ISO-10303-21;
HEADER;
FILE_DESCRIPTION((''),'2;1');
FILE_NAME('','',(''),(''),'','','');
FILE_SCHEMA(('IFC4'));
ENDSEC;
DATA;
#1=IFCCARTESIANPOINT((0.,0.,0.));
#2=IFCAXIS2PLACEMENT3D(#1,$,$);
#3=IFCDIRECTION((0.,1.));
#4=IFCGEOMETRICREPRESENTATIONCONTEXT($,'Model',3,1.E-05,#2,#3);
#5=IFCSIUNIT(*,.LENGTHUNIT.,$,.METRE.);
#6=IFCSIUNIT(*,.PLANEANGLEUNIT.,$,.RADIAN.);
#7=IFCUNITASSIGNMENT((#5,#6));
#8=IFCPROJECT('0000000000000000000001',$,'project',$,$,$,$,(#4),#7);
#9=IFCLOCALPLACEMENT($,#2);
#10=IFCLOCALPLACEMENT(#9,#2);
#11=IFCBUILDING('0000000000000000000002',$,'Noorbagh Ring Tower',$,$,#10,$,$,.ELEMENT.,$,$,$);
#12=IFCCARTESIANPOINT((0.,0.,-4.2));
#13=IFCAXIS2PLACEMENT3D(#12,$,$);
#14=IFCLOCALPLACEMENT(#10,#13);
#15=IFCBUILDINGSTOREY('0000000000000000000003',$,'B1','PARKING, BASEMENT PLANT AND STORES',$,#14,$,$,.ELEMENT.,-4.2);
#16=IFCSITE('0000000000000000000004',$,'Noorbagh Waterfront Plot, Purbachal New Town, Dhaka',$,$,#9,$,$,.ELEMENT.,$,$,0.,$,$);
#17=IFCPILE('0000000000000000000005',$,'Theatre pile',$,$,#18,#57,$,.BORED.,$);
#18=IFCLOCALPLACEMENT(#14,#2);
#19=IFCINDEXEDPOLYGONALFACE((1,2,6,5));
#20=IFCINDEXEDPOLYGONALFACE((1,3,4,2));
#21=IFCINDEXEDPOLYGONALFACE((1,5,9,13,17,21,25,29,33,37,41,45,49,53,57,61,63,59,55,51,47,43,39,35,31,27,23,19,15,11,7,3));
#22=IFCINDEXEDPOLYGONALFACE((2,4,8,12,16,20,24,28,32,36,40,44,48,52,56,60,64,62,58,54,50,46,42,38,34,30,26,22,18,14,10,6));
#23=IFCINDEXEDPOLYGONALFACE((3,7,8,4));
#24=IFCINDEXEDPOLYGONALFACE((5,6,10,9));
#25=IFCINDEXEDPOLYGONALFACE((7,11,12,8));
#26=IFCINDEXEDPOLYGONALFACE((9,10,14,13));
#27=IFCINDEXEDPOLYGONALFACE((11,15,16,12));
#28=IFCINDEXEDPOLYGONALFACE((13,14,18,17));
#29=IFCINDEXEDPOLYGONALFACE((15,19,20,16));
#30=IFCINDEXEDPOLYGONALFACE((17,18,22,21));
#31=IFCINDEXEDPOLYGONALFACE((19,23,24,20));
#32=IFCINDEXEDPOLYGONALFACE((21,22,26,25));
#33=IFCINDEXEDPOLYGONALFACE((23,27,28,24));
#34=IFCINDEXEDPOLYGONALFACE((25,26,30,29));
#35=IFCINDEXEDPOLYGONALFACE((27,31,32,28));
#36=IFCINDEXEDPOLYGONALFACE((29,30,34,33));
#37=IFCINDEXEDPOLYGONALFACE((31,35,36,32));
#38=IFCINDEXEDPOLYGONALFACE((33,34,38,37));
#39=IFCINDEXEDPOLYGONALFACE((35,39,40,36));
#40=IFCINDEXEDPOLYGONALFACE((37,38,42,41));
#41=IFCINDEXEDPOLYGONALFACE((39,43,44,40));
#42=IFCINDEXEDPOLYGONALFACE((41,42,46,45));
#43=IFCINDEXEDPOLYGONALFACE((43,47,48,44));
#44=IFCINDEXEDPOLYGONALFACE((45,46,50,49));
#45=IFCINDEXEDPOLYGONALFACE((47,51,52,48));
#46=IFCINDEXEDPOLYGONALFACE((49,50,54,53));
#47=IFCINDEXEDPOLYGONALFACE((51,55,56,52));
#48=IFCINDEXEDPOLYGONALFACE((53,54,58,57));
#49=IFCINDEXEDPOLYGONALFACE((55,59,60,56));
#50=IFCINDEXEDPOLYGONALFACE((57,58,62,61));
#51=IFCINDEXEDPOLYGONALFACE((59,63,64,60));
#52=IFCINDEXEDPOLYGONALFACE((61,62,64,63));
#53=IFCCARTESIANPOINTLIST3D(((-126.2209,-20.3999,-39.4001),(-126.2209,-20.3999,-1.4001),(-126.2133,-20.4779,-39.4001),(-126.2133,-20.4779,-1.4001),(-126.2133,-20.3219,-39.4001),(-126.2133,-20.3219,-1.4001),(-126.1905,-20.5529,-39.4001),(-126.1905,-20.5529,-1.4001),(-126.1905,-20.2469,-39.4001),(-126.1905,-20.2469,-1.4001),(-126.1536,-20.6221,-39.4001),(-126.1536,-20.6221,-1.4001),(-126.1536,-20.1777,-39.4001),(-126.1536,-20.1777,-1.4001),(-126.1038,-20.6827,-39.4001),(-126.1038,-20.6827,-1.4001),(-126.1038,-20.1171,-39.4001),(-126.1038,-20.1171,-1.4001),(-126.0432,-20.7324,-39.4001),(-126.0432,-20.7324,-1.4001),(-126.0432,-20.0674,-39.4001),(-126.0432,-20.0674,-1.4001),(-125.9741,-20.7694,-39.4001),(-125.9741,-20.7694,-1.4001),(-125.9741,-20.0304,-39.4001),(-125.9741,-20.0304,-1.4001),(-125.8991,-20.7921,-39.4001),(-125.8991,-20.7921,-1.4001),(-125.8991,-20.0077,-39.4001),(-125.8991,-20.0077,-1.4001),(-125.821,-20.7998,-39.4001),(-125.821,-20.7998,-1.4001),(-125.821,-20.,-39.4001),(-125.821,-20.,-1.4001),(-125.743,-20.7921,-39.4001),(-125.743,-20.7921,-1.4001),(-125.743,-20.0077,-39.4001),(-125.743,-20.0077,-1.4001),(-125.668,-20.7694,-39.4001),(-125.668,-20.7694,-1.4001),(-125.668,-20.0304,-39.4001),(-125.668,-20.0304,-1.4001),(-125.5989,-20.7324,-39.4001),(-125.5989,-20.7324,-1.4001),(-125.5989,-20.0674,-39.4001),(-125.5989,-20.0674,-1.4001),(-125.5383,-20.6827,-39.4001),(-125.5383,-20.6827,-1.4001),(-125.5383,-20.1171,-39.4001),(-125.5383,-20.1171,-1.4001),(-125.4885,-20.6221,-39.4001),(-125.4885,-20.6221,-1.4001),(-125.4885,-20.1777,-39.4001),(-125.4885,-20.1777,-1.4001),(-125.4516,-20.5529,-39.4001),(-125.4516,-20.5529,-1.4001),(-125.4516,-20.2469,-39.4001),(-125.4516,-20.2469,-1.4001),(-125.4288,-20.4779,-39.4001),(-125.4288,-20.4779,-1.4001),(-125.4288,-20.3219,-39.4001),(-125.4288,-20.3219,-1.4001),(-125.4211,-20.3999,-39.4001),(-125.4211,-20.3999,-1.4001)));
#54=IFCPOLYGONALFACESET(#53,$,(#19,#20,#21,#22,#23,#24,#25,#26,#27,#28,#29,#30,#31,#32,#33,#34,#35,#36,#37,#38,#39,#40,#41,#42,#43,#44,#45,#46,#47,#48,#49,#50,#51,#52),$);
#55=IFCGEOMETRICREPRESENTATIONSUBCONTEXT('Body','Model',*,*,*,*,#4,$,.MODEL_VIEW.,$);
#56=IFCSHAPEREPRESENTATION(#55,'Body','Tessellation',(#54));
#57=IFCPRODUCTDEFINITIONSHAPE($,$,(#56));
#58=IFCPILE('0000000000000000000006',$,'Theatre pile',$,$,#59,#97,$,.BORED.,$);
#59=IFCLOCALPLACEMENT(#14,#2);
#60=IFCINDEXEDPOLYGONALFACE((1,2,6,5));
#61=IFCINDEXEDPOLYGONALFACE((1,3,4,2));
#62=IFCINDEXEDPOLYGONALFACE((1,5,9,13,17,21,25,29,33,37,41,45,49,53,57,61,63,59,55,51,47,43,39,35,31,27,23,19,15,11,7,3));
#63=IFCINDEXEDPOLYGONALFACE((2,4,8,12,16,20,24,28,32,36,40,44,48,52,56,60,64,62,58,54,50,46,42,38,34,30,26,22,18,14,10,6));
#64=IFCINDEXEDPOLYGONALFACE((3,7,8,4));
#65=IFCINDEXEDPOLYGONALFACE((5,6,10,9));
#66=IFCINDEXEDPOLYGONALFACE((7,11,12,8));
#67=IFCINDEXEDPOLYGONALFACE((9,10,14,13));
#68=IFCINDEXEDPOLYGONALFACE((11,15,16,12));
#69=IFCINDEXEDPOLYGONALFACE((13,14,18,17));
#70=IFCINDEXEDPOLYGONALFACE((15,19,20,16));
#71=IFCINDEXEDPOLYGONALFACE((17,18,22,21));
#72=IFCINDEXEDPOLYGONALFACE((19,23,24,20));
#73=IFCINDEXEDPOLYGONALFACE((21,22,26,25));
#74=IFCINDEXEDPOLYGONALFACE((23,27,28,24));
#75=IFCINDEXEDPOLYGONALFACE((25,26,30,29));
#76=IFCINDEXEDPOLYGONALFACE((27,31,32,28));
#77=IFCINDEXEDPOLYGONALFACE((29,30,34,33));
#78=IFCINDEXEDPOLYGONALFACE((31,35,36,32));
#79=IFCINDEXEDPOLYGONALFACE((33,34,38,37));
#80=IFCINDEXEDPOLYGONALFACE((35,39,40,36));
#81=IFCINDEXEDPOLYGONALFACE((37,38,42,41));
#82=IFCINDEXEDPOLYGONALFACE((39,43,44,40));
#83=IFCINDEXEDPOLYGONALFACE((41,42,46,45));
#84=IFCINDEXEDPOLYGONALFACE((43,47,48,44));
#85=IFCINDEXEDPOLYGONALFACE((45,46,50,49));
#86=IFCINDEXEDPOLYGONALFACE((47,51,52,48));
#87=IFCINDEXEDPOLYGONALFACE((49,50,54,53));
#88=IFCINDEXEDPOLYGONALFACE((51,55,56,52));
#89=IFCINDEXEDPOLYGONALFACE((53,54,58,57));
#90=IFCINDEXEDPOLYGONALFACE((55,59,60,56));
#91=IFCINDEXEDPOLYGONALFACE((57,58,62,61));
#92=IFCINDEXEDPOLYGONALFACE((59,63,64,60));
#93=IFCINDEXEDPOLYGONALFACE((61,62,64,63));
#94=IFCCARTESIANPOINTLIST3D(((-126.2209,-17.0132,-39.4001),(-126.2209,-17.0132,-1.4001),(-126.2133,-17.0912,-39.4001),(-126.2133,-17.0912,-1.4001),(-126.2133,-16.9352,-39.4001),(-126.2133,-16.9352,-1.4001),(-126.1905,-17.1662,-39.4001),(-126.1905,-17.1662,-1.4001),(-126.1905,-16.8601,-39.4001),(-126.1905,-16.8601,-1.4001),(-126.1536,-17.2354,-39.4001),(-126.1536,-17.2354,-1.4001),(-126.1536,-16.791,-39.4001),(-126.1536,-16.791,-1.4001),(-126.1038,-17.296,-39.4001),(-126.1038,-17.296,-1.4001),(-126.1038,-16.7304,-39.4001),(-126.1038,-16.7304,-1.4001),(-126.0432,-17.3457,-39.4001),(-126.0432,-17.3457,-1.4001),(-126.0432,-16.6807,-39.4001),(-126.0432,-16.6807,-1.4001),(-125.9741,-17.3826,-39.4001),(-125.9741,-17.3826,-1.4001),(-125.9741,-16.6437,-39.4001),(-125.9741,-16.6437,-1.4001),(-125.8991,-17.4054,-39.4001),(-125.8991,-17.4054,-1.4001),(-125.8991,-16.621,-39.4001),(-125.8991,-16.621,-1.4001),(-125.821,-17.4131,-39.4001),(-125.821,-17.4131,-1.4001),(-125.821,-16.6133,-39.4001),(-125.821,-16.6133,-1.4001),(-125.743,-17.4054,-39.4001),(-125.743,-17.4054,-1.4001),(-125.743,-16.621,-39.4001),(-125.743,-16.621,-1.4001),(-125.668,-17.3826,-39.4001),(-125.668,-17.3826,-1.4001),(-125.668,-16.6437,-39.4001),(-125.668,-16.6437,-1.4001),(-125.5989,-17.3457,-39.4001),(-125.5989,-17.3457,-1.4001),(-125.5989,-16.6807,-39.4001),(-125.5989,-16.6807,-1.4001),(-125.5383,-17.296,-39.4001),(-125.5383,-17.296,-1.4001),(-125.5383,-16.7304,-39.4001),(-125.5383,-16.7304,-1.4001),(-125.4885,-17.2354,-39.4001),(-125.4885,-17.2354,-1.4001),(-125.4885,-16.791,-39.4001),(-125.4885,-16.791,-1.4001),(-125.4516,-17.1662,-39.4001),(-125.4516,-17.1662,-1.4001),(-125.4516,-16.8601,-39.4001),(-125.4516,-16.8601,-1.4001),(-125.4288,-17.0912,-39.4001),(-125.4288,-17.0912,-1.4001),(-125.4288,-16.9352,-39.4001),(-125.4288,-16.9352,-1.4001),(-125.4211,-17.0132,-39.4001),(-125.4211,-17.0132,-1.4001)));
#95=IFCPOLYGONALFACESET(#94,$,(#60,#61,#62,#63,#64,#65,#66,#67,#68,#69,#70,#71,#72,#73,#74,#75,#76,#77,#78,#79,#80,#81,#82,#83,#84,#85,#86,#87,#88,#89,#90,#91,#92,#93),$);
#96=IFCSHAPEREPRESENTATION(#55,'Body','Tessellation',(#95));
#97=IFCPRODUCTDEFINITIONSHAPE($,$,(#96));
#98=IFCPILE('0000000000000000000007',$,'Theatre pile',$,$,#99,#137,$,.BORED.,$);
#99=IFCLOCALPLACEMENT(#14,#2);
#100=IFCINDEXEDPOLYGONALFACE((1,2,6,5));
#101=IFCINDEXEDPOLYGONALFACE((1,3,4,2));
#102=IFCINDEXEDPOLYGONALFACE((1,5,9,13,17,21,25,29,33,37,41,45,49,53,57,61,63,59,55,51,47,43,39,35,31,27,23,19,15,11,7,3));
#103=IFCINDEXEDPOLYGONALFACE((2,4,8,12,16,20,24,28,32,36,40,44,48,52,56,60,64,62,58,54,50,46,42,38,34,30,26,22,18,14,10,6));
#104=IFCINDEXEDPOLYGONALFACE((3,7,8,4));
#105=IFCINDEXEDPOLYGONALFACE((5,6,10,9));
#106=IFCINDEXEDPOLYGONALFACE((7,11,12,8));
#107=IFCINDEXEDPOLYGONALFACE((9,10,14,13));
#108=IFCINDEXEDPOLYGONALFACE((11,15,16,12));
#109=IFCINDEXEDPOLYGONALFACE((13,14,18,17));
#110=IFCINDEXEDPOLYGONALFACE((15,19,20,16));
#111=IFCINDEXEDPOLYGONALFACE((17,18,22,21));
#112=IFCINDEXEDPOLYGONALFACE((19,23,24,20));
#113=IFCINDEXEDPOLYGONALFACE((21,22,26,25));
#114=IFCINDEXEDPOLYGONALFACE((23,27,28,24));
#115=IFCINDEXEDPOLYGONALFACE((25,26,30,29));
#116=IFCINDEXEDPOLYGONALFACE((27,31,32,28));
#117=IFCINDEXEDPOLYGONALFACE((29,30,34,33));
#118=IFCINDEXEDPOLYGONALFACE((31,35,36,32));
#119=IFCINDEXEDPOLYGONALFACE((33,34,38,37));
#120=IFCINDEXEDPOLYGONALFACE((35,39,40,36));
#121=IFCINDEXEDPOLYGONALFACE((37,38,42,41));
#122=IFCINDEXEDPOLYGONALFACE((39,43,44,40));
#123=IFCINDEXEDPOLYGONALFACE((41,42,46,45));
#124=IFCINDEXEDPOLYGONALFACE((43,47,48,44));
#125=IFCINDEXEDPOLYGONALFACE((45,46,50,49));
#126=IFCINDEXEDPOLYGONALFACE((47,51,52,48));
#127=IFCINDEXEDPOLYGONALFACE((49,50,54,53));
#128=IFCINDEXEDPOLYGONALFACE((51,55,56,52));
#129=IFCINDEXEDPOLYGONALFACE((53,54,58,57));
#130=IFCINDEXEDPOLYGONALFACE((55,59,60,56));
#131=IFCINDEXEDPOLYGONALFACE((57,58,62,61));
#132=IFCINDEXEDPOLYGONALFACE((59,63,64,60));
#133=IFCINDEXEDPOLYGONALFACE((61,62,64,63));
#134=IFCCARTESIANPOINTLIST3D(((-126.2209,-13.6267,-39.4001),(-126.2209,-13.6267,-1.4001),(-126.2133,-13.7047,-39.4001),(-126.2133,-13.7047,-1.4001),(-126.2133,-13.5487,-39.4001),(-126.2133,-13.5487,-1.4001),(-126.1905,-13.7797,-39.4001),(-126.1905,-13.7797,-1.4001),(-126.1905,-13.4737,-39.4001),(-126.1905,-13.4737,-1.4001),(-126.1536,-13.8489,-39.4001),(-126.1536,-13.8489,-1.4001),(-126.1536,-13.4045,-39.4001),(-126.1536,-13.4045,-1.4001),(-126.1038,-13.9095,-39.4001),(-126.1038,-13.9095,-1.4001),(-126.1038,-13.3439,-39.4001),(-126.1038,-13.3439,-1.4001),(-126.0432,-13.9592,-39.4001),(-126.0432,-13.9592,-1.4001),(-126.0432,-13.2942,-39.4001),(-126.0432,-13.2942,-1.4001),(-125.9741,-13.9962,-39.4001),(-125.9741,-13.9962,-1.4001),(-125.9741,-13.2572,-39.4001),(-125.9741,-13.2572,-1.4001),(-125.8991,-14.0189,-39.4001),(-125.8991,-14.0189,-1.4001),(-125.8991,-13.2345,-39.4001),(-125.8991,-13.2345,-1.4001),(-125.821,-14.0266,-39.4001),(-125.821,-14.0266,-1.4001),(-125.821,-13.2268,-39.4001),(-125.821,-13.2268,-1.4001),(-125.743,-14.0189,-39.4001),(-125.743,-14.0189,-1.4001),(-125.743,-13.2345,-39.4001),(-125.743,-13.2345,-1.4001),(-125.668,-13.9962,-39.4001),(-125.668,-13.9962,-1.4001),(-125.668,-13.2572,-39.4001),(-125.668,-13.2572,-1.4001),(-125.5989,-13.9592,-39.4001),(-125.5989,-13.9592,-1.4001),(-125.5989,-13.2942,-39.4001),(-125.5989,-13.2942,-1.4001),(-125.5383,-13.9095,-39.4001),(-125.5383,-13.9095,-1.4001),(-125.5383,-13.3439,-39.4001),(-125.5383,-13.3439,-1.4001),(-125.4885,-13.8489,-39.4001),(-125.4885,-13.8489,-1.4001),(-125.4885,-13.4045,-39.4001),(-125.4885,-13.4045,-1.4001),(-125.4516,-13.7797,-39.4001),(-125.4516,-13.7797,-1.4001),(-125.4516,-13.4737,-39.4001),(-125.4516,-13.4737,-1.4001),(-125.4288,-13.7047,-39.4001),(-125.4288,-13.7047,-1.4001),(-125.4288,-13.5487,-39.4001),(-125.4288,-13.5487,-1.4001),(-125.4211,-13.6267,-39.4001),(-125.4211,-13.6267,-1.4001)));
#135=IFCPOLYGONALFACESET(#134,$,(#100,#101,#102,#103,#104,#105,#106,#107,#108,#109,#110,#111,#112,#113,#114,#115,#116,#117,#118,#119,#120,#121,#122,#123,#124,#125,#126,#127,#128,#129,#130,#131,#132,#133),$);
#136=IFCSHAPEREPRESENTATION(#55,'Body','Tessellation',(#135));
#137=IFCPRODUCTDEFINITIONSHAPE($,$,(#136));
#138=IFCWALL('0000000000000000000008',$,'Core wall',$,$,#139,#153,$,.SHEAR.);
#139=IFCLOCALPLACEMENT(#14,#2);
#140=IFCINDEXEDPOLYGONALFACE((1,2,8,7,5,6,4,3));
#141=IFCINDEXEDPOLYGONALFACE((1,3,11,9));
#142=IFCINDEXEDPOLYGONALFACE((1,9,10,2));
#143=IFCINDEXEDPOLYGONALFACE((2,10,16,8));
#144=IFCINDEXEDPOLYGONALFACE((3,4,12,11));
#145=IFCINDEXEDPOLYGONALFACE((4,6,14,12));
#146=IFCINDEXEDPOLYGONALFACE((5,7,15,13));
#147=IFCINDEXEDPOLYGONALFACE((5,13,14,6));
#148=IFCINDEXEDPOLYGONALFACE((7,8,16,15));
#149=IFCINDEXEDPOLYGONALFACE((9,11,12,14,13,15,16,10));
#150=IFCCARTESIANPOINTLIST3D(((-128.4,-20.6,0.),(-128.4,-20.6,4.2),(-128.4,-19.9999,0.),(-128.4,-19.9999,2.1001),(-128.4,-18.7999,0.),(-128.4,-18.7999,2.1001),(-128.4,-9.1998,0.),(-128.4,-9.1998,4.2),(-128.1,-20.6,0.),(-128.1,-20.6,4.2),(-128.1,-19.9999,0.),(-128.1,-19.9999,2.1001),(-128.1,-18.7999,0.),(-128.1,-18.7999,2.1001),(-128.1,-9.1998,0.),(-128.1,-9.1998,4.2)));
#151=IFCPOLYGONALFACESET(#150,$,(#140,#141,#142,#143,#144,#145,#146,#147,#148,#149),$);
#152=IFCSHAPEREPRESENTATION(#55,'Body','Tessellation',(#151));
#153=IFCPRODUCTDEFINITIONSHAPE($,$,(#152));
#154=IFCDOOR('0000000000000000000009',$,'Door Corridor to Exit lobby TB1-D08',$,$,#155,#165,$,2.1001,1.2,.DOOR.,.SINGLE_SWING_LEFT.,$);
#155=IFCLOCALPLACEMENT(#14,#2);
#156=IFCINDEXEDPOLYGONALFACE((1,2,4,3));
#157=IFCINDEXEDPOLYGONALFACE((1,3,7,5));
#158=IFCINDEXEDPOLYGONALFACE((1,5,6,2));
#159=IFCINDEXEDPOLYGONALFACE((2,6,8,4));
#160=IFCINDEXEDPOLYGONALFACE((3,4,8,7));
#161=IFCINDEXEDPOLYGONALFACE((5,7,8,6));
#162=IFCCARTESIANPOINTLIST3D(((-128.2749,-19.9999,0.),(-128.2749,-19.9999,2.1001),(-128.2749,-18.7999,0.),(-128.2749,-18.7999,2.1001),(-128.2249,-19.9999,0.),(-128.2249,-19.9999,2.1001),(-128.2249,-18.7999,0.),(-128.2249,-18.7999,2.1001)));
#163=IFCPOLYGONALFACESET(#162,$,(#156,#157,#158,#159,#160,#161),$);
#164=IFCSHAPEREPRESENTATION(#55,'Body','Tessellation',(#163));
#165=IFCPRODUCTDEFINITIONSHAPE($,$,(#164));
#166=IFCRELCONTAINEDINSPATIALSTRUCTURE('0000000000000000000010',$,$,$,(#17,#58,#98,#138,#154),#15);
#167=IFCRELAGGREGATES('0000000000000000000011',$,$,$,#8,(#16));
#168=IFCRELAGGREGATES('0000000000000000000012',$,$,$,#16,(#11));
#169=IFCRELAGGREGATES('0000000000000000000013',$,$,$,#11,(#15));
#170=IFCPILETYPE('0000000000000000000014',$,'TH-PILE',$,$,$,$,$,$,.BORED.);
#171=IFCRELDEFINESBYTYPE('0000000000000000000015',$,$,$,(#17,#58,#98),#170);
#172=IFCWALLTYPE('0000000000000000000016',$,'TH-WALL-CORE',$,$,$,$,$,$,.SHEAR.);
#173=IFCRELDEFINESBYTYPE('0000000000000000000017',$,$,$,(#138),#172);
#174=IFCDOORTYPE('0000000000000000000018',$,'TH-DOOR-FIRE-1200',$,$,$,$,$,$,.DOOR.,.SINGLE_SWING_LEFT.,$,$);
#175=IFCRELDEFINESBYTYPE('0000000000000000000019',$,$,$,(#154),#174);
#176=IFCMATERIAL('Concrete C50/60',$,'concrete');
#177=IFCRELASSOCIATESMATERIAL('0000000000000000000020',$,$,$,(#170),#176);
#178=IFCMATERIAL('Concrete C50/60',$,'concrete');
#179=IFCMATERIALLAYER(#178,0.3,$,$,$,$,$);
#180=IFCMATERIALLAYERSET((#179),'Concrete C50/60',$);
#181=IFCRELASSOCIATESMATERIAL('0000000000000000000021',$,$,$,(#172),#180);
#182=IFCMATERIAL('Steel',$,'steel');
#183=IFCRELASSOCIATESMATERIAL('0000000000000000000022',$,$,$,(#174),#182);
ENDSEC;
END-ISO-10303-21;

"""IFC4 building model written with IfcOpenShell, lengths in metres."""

from ifc_helpers import new_model, si_unit, direction, frame, frame_2d, origin, origin_2d, place, context, subcontext, project, spatial, rectangle, circle, extrude, material, layer, layer_set, material_profile, profile_set, type_object, element, fill, save


model = new_model("IFC4")

# Units and contexts
model_context = context("Model", 3, precision=1e-05, world=origin(), true_north=direction((0.0, 1.0)))
body_context = subcontext(model_context, "Body", "Model", "MODEL_VIEW")
ifc_project = project(units=[si_unit("LENGTHUNIT", "METRE"), si_unit("PLANEANGLEUNIT", "RADIAN")], contexts=[model_context])

# Site, building, storey
site_placement = place(None, origin())
site = spatial("IfcSite", under=ifc_project, at=site_placement, Name="Noorbagh Waterfront Plot, Purbachal New Town, Dhaka", CompositionType="ELEMENT", RefElevation=0.0)
building_placement = place(site_placement, origin())
building = spatial("IfcBuilding", under=site, at=building_placement, Name="Noorbagh Ring Tower", CompositionType="ELEMENT")
storey_placement = place(building_placement, frame((0.0, 0.0, -4.2)))
storey = spatial("IfcBuildingStorey", under=building, at=storey_placement, Name="B1", Description="PARKING, BASEMENT PLANT AND STORES", CompositionType="ELEMENT", Elevation=-4.2)

# Piles
ifc_material_1 = material(Name="Concrete C50/60", Category="concrete")
ifc_material_profile = material_profile(ifc_material_1, circle(Radius=0.3999, at=origin_2d()), Name="PILE800")
ifc_profile_set = profile_set([ifc_material_profile], Name="Concrete C50/60")
pile_type = type_object("IfcPileType", Name="TH-PILE", PredefinedType="BORED", material=ifc_profile_set)
for number, where, z_axis, x_axis, name in (
    (1, (-125.821, -20.3999, -1.4001), (0.0, 0.0, -1.0), (1.0, 0.0, 0.0), "Theatre pile"),
    (2, (-125.821, -17.0132, -1.4001), (0.0, 0.0, -1.0), (1.0, 0.0, 0.0), "Theatre pile"),
    (3, (-125.821, -13.6267, -1.4001), (0.0, 0.0, -1.0), (1.0, 0.0, 0.0), "Theatre pile"),
):
    element("IfcPile", number, at=place(storey_placement, frame(where, z_axis=z_axis, x_axis=x_axis)), inside=storey, type_object=pile_type, Name=name, PredefinedType="BORED", context=body_context, shape_type="SweptSolid", body=[
        extrude(circle(Radius=0.3999, at=origin_2d()), origin(), (0.0, 0.0, 1.0), 38.0),
    ])

# Wall, opening, door
ifc_material_2 = material(Name="Concrete C50/60", Category="concrete")
ifc_layer = layer(ifc_material_2, 0.3)
ifc_layer_set = layer_set([ifc_layer], Name="Concrete C50/60")
wall_type = type_object("IfcWallType", Name="TH-WALL-CORE", PredefinedType="SHEAR", material=ifc_layer_set)
wall_1_placement = place(storey_placement, frame((-128.25, -20.6001, 0.0), z_axis=(0.0, 0.0, 1.0), x_axis=(0.0, 1.0, 0.0)))
wall_1 = element("IfcWall", 4, at=wall_1_placement, inside=storey, type_object=wall_type, Name="Core wall", PredefinedType="SHEAR", context=body_context, shape_type="SweptSolid", body=[
    extrude(rectangle(XDim=11.4001, YDim=0.3, at=frame_2d((5.7002, 0.0))), origin(), (0.0, 0.0, 1.0), 4.2),
])
opening_1_placement = place(wall_1_placement, frame((0.6001, 0.0, 0.0)))
opening_1 = element("IfcOpeningElement", 5, at=opening_1_placement, cuts=wall_1, PredefinedType="OPENING", context=body_context, shape_type="SweptSolid", body=[
    extrude(rectangle(XDim=1.2, YDim=2.1001, at=frame_2d((0.6001, 1.05))), frame((0.0, 0.1602, 0.0), z_axis=(0.0, -1.0, 0.0), x_axis=(1.0, 0.0, 0.0)), (0.0, 0.0, 1.0), 0.3201),
])
ifc_material_3 = material(Name="Steel", Category="steel")
door_type_1 = type_object("IfcDoorType", Name="TH-DOOR-FIRE-1200", OperationType="SINGLE_SWING_LEFT", PredefinedType="DOOR", material=ifc_material_3)
door_1_placement = place(opening_1_placement, origin())
door_1 = element("IfcDoor", 6, at=door_1_placement, inside=storey, type_object=door_type_1, Name="Door Corridor to Exit lobby TB1-D08", OperationType="SINGLE_SWING_LEFT", OverallHeight=2.1001, OverallWidth=1.2, PredefinedType="DOOR", context=body_context, shape_type="SweptSolid", body=[
    extrude(rectangle(XDim=1.2, YDim=2.1001, at=frame_2d((0.6001, 1.05))), frame((0.0, 0.0249, 0.0), z_axis=(0.0, -1.0, 0.0), x_axis=(1.0, 0.0, 0.0)), (0.0, 0.0, 1.0), 0.05),
])
fill(opening_1, door_1)

save(model, "model.ifc")
